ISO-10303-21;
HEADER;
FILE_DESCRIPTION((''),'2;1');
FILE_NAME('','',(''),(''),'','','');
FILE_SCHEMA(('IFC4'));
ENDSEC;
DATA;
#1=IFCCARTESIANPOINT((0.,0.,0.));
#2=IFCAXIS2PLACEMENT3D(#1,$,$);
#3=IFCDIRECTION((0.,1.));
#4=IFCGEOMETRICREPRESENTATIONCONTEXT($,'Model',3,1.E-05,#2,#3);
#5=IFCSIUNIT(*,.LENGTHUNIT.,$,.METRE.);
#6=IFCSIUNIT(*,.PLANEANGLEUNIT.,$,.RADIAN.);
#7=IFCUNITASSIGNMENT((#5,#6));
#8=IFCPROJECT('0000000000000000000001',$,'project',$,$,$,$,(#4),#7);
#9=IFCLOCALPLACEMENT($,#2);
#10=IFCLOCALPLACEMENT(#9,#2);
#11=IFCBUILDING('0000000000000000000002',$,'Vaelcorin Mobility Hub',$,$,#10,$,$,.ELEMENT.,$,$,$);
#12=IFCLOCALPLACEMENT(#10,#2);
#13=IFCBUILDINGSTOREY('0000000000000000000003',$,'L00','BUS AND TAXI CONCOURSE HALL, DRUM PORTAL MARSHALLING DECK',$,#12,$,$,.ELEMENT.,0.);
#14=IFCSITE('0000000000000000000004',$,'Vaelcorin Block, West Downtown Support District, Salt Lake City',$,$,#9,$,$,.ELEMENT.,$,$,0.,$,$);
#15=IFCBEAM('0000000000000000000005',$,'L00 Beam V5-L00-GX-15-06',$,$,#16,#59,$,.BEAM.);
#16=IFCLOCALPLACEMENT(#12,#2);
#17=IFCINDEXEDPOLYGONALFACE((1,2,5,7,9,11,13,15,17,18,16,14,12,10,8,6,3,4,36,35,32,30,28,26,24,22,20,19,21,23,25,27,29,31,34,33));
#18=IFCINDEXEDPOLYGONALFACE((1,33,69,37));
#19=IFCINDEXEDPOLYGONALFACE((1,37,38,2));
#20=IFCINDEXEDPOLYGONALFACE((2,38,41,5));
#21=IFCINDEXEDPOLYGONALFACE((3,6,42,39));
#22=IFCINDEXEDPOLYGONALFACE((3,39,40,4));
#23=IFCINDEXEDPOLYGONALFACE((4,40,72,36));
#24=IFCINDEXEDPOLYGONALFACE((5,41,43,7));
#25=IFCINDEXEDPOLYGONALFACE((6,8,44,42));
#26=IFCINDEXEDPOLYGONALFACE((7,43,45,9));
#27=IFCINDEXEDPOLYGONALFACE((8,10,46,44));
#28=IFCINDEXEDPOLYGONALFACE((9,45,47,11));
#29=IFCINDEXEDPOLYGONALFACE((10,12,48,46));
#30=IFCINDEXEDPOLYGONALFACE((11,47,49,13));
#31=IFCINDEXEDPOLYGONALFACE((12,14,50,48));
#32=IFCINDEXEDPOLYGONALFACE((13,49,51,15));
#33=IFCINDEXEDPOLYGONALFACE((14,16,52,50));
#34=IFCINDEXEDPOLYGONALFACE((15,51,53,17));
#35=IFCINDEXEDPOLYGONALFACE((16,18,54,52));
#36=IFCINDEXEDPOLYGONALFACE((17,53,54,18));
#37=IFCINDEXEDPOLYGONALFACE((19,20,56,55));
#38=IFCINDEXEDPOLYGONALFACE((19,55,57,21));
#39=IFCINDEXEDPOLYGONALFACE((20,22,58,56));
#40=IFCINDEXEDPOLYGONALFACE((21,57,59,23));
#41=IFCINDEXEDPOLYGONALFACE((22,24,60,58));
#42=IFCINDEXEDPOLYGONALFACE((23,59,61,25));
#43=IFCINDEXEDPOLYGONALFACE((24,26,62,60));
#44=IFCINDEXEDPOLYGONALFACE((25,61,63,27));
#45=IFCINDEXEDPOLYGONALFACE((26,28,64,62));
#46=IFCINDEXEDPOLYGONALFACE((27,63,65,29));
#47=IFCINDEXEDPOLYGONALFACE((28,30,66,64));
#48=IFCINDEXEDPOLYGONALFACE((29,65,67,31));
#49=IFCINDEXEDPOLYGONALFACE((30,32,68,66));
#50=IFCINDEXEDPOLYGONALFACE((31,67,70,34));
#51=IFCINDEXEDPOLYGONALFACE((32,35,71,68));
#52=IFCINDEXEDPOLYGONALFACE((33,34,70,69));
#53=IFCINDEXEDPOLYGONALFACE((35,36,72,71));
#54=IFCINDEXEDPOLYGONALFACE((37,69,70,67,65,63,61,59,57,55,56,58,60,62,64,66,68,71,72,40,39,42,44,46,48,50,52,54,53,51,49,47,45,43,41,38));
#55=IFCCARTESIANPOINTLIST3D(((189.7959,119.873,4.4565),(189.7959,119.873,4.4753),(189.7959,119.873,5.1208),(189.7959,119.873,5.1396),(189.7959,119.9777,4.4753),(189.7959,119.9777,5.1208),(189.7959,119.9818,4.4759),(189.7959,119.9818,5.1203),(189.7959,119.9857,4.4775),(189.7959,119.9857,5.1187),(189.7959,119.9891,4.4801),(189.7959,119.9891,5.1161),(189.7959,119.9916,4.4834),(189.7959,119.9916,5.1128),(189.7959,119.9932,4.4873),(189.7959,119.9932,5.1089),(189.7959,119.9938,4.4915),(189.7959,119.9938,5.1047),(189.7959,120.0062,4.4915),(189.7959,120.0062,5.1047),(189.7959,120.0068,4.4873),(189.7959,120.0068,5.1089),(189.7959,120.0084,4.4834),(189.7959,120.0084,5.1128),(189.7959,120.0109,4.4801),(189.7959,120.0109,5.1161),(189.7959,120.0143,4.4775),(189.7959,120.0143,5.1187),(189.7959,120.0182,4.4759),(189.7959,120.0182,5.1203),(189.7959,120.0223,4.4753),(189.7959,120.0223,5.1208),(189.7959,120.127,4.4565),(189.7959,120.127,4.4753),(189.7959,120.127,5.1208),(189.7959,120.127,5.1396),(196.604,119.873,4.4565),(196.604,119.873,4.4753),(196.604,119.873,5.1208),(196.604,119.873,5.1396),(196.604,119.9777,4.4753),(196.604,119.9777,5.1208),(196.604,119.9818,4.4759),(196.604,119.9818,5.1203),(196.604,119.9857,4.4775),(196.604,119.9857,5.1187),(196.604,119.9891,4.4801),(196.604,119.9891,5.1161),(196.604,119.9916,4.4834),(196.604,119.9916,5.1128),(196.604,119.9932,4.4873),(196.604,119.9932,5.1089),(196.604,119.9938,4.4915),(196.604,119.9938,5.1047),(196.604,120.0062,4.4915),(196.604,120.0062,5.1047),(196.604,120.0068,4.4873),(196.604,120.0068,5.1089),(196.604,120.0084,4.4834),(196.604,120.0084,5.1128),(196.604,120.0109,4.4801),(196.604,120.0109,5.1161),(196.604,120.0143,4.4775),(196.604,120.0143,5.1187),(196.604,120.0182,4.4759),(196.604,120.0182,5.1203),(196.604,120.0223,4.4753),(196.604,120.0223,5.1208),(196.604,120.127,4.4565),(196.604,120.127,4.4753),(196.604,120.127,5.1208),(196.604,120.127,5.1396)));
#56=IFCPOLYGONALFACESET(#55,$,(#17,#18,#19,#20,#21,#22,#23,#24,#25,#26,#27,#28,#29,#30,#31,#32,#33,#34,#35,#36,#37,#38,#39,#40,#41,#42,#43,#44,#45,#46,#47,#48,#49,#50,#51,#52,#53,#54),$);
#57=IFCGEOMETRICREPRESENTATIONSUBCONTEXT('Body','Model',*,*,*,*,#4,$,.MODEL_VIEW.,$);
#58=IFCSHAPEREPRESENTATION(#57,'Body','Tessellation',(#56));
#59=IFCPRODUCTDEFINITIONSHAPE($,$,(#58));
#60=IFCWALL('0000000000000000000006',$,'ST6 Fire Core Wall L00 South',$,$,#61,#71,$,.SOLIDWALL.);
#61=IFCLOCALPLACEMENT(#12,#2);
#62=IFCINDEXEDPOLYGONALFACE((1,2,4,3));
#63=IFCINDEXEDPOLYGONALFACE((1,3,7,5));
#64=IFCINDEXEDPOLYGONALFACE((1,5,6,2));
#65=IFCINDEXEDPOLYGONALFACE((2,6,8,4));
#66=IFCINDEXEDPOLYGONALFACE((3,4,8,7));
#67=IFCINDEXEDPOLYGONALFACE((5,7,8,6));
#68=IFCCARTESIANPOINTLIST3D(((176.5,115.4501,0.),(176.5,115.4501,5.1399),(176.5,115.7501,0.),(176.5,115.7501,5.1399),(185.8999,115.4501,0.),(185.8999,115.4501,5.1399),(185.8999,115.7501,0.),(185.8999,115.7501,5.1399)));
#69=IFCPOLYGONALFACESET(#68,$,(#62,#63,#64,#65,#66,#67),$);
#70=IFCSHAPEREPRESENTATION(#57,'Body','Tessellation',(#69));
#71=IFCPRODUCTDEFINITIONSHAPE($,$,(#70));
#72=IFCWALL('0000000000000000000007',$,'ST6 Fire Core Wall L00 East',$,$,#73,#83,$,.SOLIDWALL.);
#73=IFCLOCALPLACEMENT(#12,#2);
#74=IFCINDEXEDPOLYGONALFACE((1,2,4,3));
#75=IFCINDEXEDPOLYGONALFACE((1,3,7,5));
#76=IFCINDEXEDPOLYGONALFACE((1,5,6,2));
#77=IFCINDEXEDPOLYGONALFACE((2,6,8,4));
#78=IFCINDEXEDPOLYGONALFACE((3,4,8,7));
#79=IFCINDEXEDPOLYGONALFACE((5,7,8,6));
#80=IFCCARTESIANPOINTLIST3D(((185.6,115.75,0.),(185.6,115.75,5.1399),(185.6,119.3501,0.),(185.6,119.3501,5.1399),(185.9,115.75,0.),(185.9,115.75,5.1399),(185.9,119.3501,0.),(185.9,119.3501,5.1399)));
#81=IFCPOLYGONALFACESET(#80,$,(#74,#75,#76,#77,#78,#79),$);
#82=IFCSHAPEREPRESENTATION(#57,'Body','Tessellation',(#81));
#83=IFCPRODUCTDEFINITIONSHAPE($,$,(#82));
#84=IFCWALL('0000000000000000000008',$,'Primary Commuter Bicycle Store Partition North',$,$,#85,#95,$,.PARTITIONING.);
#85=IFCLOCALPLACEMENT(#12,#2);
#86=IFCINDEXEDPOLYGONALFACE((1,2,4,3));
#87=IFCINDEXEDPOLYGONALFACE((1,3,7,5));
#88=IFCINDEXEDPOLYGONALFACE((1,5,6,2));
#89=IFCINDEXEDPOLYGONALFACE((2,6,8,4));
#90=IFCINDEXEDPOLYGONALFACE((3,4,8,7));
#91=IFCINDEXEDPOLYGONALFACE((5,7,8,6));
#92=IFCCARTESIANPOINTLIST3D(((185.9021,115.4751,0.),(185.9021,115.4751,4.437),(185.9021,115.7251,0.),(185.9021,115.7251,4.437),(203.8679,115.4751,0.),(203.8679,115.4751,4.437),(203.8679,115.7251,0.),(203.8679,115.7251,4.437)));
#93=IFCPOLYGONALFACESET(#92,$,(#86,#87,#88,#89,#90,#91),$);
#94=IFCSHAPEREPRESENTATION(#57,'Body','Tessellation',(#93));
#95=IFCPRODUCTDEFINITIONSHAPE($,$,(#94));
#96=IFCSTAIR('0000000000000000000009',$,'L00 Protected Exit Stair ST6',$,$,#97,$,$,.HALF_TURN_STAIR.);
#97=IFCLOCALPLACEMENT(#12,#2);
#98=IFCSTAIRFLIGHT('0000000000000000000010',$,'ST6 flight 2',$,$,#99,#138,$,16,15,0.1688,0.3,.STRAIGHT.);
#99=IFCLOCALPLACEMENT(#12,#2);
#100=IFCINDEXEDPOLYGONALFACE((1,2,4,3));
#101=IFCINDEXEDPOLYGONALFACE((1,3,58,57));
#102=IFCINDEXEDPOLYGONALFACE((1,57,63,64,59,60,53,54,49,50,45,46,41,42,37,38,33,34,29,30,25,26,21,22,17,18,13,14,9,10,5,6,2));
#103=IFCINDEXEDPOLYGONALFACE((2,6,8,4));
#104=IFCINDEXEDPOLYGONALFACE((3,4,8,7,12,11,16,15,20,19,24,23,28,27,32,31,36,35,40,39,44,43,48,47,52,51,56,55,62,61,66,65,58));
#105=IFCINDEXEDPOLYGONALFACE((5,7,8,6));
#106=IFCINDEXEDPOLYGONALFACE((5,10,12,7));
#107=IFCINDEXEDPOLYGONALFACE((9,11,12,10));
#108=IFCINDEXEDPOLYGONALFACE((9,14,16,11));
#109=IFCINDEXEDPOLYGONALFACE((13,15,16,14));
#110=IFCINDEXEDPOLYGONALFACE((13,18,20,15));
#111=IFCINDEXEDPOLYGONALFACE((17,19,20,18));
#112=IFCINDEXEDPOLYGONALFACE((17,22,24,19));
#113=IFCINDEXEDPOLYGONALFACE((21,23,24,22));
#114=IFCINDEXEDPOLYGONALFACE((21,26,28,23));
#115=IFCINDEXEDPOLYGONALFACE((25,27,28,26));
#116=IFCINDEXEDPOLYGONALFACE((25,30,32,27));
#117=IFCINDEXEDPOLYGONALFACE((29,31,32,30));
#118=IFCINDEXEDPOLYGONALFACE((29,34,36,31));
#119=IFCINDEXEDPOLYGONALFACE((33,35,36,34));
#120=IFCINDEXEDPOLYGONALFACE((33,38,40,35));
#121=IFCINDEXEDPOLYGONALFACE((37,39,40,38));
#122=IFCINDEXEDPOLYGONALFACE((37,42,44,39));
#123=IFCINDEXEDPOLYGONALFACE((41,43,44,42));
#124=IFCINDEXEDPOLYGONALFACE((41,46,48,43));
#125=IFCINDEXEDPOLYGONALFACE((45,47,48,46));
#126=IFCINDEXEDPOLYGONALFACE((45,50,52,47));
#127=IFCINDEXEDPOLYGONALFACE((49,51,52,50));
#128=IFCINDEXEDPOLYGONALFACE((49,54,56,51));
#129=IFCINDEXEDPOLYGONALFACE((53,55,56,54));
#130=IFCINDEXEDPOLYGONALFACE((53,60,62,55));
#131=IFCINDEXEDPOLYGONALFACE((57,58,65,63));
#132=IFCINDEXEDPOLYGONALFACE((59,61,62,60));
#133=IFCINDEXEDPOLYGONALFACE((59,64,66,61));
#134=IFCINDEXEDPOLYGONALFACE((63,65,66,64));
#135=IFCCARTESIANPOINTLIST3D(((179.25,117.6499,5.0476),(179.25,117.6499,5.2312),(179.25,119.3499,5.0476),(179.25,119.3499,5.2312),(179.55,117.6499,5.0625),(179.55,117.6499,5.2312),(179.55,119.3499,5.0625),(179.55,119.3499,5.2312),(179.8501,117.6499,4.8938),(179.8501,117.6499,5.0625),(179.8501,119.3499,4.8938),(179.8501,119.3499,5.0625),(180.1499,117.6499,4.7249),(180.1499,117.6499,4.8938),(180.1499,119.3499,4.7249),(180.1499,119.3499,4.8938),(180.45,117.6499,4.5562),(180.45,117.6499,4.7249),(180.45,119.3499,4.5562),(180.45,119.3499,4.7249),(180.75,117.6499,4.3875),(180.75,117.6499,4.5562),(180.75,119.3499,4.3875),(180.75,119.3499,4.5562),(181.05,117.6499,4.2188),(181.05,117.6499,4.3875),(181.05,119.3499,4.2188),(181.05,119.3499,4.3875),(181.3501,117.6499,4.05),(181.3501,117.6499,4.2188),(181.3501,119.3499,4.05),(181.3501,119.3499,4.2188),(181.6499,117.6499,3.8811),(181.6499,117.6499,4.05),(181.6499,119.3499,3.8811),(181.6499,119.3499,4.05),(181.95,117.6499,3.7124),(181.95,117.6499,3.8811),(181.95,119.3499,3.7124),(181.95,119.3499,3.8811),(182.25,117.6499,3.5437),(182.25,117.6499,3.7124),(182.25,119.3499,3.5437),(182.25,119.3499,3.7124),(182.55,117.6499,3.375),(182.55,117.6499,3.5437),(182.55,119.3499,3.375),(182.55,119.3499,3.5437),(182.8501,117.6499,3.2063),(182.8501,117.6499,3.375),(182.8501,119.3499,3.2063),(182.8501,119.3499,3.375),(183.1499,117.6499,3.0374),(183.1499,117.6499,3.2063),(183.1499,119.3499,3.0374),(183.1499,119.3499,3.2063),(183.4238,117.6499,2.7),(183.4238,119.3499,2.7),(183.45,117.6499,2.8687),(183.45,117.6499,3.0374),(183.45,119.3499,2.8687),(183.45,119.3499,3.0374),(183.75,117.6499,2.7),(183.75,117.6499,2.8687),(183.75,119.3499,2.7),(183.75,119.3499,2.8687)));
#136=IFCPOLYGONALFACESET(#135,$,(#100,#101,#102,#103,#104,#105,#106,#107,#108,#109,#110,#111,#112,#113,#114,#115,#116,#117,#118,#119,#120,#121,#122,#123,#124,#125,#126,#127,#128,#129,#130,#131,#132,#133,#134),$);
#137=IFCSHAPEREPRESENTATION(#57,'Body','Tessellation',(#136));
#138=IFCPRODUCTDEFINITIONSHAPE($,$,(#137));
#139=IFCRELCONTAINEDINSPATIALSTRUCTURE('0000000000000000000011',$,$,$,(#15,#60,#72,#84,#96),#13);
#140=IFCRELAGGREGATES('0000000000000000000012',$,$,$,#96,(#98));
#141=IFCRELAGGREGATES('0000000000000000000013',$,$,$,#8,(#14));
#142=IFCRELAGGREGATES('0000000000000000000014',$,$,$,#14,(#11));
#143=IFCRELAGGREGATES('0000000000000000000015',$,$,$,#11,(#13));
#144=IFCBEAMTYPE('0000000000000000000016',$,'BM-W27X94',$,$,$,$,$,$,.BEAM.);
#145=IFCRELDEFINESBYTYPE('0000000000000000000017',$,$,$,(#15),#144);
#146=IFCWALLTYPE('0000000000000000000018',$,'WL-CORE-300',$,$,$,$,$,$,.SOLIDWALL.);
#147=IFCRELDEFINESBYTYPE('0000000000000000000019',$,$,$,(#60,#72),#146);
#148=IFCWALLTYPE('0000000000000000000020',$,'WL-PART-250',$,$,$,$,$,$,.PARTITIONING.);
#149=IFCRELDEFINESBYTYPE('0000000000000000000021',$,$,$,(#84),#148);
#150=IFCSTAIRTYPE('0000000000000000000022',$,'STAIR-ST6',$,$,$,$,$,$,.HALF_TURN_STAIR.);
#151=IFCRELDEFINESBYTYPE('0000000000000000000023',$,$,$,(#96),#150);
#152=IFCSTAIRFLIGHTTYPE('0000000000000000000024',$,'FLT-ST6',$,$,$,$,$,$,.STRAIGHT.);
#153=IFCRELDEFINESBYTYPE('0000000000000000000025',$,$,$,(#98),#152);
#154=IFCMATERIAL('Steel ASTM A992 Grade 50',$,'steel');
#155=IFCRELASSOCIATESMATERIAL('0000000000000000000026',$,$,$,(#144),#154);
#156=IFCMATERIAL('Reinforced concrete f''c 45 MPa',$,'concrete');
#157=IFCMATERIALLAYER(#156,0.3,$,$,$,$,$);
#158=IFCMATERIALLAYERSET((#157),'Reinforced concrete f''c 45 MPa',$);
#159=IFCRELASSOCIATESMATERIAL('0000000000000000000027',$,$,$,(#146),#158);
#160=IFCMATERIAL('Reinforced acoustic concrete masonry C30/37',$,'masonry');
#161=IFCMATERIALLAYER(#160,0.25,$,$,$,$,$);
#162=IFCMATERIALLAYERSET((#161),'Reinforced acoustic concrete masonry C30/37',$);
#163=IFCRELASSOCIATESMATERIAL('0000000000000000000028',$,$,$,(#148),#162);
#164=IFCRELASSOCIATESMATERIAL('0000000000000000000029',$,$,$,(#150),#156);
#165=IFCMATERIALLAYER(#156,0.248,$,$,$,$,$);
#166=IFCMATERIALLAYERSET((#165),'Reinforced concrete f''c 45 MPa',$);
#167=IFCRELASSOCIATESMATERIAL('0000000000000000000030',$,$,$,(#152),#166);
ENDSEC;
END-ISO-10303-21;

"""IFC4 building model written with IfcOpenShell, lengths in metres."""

from ifc_helpers import new_model, si_unit, direction, frame, frame_2d, origin, origin_2d, place, context, subcontext, project, spatial, polyline, rectangle, i_section, outline, extrude, material, layer, layer_set, material_profile, profile_set, type_object, element, aggregate, save


model = new_model("IFC4")

# Units and contexts
model_context = context("Model", 3, precision=1e-05, world=origin(), true_north=direction((0.0, 1.0)))
body_context = subcontext(model_context, "Body", "Model", "MODEL_VIEW")
ifc_project = project(units=[si_unit("LENGTHUNIT", "METRE"), si_unit("PLANEANGLEUNIT", "RADIAN")], contexts=[model_context])

# Site, building, storey
site_placement = place(None, origin())
site = spatial("IfcSite", under=ifc_project, at=site_placement, Name="Vaelcorin Block, West Downtown Support District, Salt Lake City", CompositionType="ELEMENT", RefElevation=0.0)
building_placement = place(site_placement, origin())
building = spatial("IfcBuilding", under=site, at=building_placement, Name="Vaelcorin Mobility Hub", CompositionType="ELEMENT")
storey_placement = place(building_placement, origin())
storey = spatial("IfcBuildingStorey", under=building, at=storey_placement, Name="L00", Description="BUS AND TAXI CONCOURSE HALL, DRUM PORTAL MARSHALLING DECK", CompositionType="ELEMENT", Elevation=0.0)

# Shared definitions
ifc_material_1 = material(Name="Steel ASTM A992 Grade 50", Category="steel")

# Beam
ifc_material_profile_1 = material_profile(ifc_material_1, i_section(OverallWidth=0.2539, OverallDepth=0.6831, WebThickness=0.0125, FlangeThickness=0.0188, FilletRadius=0.0161, at=origin_2d()), Name="W27X94")
ifc_profile_set_1 = profile_set([ifc_material_profile_1], Name="Steel ASTM A992 Grade 50")
beam_type_1 = type_object("IfcBeamType", Name="BM-W27X94", PredefinedType="BEAM", material=ifc_profile_set_1)
for number, where, z_axis, x_axis, name in (
    (1, (189.7959, 120.0, 4.7981), (1.0, 0.0, 0.0), (0.0, 1.0, 0.0), "L00 Beam V5-L00-GX-15-06"),
):
    element("IfcBeam", number, at=place(storey_placement, frame(where, z_axis=z_axis, x_axis=x_axis)), inside=storey, type_object=beam_type_1, Name=name, PredefinedType="BEAM", context=body_context, shape_type="SweptSolid", body=[
        extrude(i_section(OverallWidth=0.2539, OverallDepth=0.6831, WebThickness=0.0125, FlangeThickness=0.0188, FilletRadius=0.0161, at=origin_2d()), origin(), (0.0, 0.0, 1.0), 6.8081),
    ])

# Walls
ifc_material_2 = material(Name="Reinforced concrete f'c 45 MPa", Category="concrete")
ifc_layer_1 = layer(ifc_material_2, 0.3)
ifc_layer_set_1 = layer_set([ifc_layer_1], Name="Reinforced concrete f'c 45 MPa")
wall_type_1 = type_object("IfcWallType", Name="WL-CORE-300", PredefinedType="SOLIDWALL", material=ifc_layer_set_1)
wall_1_placement = place(storey_placement, frame((185.8999, 115.6001, 0.0), z_axis=(0.0, 0.0, 1.0), x_axis=(-1.0, 0.0, 0.0)))
element("IfcWall", 2, at=wall_1_placement, inside=storey, type_object=wall_type_1, Name="ST6 Fire Core Wall L00 South", PredefinedType="SOLIDWALL", context=body_context, shape_type="SweptSolid", body=[
    extrude(rectangle(XDim=9.3999, YDim=0.3, at=frame_2d((4.7, 0.0))), origin(), (0.0, 0.0, 1.0), 5.1399),
])
wall_2_placement = place(storey_placement, frame((185.75, 119.3501, 0.0), z_axis=(0.0, 0.0, 1.0), x_axis=(0.0, -1.0, 0.0)))
element("IfcWall", 3, at=wall_2_placement, inside=storey, type_object=wall_type_1, Name="ST6 Fire Core Wall L00 East", PredefinedType="SOLIDWALL", context=body_context, shape_type="SweptSolid", body=[
    extrude(rectangle(XDim=3.6001, YDim=0.3, at=frame_2d((1.8, 0.0))), origin(), (0.0, 0.0, 1.0), 5.1399),
])
ifc_material_3 = material(Name="Reinforced acoustic concrete masonry C30/37", Category="masonry")
ifc_layer_2 = layer(ifc_material_3, 0.25)
ifc_layer_set_2 = layer_set([ifc_layer_2], Name="Reinforced acoustic concrete masonry C30/37")
wall_type_2 = type_object("IfcWallType", Name="WL-PART-250", PredefinedType="PARTITIONING", material=ifc_layer_set_2)
wall_3_placement = place(storey_placement, frame((185.9021, 115.6001, 0.0), z_axis=(0.0, 0.0, 1.0), x_axis=(1.0, 0.0, 0.0)))
element("IfcWall", 4, at=wall_3_placement, inside=storey, type_object=wall_type_2, Name="Primary Commuter Bicycle Store Partition North", PredefinedType="PARTITIONING", context=body_context, shape_type="SweptSolid", body=[
    extrude(rectangle(XDim=17.9658, YDim=0.25, at=frame_2d((8.9829, 0.0))), origin(), (0.0, 0.0, 1.0), 4.437),
])

# Stair, stair flight
stair_type = type_object("IfcStairType", Name="STAIR-ST6", PredefinedType="HALF_TURN_STAIR", material=ifc_material_2)
stair_placement = place(storey_placement, origin())
stair = element("IfcStair", 5, at=stair_placement, inside=storey, type_object=stair_type, Name="L00 Protected Exit Stair ST6", PredefinedType="HALF_TURN_STAIR")
ifc_layer_3 = layer(ifc_material_2, 0.248)
ifc_layer_set_3 = layer_set([ifc_layer_3], Name="Reinforced concrete f'c 45 MPa")
stair_flight_type = type_object("IfcStairFlightType", Name="FLT-ST6", PredefinedType="STRAIGHT", material=ifc_layer_set_3)
stair_flight_placement = place(storey_placement, frame((183.75, 118.5, 2.7), z_axis=(0.0, 0.0, 1.0), x_axis=(-1.0, 0.0, 0.0)))
stair_flight = element("IfcStairFlight", 6, at=stair_flight_placement, type_object=stair_flight_type, Name="ST6 flight 2", NumberOfRisers=16, NumberOfTreads=15, PredefinedType="STRAIGHT", RiserHeight=0.1688, TreadLength=0.3, context=body_context, shape_type="SweptSolid", body=[
    extrude(outline(polyline([(0.0, 0.0), (0.0, 0.1687), (0.3, 0.1687), (0.3, 0.3374), (0.6001, 0.3374), (0.6001, 0.5063), (0.8999, 0.5063), (0.8999, 0.675), (1.2, 0.675), (1.2, 0.8438), (1.5, 0.8438), (1.5, 1.0125), (1.8, 1.0125), (1.8, 1.1812), (2.1001, 1.1812), (2.1001, 1.3501), (2.3999, 1.3501), (2.3999, 1.5188), (2.7, 1.5188), (2.7, 1.6875), (3.0, 1.6875), (3.0, 1.8562), (3.3, 1.8562), (3.3, 2.0249), (3.6001, 2.0249), (3.6001, 2.1938), (3.8999, 2.1938), (3.8999, 2.3625), (4.2, 2.3625), (4.2, 2.5312), (4.5, 2.5312), (4.5, 2.7), (4.5, 2.3477), (0.3262, 0.0), (0.0, 0.0)])), frame((0.0, 0.8501, 0.0), z_axis=(0.0, -1.0, 0.0), x_axis=(1.0, 0.0, 0.0)), (0.0, 0.0, 1.0), 1.7),
])
aggregate(stair, [stair_flight])

save(model, "model.ifc")
